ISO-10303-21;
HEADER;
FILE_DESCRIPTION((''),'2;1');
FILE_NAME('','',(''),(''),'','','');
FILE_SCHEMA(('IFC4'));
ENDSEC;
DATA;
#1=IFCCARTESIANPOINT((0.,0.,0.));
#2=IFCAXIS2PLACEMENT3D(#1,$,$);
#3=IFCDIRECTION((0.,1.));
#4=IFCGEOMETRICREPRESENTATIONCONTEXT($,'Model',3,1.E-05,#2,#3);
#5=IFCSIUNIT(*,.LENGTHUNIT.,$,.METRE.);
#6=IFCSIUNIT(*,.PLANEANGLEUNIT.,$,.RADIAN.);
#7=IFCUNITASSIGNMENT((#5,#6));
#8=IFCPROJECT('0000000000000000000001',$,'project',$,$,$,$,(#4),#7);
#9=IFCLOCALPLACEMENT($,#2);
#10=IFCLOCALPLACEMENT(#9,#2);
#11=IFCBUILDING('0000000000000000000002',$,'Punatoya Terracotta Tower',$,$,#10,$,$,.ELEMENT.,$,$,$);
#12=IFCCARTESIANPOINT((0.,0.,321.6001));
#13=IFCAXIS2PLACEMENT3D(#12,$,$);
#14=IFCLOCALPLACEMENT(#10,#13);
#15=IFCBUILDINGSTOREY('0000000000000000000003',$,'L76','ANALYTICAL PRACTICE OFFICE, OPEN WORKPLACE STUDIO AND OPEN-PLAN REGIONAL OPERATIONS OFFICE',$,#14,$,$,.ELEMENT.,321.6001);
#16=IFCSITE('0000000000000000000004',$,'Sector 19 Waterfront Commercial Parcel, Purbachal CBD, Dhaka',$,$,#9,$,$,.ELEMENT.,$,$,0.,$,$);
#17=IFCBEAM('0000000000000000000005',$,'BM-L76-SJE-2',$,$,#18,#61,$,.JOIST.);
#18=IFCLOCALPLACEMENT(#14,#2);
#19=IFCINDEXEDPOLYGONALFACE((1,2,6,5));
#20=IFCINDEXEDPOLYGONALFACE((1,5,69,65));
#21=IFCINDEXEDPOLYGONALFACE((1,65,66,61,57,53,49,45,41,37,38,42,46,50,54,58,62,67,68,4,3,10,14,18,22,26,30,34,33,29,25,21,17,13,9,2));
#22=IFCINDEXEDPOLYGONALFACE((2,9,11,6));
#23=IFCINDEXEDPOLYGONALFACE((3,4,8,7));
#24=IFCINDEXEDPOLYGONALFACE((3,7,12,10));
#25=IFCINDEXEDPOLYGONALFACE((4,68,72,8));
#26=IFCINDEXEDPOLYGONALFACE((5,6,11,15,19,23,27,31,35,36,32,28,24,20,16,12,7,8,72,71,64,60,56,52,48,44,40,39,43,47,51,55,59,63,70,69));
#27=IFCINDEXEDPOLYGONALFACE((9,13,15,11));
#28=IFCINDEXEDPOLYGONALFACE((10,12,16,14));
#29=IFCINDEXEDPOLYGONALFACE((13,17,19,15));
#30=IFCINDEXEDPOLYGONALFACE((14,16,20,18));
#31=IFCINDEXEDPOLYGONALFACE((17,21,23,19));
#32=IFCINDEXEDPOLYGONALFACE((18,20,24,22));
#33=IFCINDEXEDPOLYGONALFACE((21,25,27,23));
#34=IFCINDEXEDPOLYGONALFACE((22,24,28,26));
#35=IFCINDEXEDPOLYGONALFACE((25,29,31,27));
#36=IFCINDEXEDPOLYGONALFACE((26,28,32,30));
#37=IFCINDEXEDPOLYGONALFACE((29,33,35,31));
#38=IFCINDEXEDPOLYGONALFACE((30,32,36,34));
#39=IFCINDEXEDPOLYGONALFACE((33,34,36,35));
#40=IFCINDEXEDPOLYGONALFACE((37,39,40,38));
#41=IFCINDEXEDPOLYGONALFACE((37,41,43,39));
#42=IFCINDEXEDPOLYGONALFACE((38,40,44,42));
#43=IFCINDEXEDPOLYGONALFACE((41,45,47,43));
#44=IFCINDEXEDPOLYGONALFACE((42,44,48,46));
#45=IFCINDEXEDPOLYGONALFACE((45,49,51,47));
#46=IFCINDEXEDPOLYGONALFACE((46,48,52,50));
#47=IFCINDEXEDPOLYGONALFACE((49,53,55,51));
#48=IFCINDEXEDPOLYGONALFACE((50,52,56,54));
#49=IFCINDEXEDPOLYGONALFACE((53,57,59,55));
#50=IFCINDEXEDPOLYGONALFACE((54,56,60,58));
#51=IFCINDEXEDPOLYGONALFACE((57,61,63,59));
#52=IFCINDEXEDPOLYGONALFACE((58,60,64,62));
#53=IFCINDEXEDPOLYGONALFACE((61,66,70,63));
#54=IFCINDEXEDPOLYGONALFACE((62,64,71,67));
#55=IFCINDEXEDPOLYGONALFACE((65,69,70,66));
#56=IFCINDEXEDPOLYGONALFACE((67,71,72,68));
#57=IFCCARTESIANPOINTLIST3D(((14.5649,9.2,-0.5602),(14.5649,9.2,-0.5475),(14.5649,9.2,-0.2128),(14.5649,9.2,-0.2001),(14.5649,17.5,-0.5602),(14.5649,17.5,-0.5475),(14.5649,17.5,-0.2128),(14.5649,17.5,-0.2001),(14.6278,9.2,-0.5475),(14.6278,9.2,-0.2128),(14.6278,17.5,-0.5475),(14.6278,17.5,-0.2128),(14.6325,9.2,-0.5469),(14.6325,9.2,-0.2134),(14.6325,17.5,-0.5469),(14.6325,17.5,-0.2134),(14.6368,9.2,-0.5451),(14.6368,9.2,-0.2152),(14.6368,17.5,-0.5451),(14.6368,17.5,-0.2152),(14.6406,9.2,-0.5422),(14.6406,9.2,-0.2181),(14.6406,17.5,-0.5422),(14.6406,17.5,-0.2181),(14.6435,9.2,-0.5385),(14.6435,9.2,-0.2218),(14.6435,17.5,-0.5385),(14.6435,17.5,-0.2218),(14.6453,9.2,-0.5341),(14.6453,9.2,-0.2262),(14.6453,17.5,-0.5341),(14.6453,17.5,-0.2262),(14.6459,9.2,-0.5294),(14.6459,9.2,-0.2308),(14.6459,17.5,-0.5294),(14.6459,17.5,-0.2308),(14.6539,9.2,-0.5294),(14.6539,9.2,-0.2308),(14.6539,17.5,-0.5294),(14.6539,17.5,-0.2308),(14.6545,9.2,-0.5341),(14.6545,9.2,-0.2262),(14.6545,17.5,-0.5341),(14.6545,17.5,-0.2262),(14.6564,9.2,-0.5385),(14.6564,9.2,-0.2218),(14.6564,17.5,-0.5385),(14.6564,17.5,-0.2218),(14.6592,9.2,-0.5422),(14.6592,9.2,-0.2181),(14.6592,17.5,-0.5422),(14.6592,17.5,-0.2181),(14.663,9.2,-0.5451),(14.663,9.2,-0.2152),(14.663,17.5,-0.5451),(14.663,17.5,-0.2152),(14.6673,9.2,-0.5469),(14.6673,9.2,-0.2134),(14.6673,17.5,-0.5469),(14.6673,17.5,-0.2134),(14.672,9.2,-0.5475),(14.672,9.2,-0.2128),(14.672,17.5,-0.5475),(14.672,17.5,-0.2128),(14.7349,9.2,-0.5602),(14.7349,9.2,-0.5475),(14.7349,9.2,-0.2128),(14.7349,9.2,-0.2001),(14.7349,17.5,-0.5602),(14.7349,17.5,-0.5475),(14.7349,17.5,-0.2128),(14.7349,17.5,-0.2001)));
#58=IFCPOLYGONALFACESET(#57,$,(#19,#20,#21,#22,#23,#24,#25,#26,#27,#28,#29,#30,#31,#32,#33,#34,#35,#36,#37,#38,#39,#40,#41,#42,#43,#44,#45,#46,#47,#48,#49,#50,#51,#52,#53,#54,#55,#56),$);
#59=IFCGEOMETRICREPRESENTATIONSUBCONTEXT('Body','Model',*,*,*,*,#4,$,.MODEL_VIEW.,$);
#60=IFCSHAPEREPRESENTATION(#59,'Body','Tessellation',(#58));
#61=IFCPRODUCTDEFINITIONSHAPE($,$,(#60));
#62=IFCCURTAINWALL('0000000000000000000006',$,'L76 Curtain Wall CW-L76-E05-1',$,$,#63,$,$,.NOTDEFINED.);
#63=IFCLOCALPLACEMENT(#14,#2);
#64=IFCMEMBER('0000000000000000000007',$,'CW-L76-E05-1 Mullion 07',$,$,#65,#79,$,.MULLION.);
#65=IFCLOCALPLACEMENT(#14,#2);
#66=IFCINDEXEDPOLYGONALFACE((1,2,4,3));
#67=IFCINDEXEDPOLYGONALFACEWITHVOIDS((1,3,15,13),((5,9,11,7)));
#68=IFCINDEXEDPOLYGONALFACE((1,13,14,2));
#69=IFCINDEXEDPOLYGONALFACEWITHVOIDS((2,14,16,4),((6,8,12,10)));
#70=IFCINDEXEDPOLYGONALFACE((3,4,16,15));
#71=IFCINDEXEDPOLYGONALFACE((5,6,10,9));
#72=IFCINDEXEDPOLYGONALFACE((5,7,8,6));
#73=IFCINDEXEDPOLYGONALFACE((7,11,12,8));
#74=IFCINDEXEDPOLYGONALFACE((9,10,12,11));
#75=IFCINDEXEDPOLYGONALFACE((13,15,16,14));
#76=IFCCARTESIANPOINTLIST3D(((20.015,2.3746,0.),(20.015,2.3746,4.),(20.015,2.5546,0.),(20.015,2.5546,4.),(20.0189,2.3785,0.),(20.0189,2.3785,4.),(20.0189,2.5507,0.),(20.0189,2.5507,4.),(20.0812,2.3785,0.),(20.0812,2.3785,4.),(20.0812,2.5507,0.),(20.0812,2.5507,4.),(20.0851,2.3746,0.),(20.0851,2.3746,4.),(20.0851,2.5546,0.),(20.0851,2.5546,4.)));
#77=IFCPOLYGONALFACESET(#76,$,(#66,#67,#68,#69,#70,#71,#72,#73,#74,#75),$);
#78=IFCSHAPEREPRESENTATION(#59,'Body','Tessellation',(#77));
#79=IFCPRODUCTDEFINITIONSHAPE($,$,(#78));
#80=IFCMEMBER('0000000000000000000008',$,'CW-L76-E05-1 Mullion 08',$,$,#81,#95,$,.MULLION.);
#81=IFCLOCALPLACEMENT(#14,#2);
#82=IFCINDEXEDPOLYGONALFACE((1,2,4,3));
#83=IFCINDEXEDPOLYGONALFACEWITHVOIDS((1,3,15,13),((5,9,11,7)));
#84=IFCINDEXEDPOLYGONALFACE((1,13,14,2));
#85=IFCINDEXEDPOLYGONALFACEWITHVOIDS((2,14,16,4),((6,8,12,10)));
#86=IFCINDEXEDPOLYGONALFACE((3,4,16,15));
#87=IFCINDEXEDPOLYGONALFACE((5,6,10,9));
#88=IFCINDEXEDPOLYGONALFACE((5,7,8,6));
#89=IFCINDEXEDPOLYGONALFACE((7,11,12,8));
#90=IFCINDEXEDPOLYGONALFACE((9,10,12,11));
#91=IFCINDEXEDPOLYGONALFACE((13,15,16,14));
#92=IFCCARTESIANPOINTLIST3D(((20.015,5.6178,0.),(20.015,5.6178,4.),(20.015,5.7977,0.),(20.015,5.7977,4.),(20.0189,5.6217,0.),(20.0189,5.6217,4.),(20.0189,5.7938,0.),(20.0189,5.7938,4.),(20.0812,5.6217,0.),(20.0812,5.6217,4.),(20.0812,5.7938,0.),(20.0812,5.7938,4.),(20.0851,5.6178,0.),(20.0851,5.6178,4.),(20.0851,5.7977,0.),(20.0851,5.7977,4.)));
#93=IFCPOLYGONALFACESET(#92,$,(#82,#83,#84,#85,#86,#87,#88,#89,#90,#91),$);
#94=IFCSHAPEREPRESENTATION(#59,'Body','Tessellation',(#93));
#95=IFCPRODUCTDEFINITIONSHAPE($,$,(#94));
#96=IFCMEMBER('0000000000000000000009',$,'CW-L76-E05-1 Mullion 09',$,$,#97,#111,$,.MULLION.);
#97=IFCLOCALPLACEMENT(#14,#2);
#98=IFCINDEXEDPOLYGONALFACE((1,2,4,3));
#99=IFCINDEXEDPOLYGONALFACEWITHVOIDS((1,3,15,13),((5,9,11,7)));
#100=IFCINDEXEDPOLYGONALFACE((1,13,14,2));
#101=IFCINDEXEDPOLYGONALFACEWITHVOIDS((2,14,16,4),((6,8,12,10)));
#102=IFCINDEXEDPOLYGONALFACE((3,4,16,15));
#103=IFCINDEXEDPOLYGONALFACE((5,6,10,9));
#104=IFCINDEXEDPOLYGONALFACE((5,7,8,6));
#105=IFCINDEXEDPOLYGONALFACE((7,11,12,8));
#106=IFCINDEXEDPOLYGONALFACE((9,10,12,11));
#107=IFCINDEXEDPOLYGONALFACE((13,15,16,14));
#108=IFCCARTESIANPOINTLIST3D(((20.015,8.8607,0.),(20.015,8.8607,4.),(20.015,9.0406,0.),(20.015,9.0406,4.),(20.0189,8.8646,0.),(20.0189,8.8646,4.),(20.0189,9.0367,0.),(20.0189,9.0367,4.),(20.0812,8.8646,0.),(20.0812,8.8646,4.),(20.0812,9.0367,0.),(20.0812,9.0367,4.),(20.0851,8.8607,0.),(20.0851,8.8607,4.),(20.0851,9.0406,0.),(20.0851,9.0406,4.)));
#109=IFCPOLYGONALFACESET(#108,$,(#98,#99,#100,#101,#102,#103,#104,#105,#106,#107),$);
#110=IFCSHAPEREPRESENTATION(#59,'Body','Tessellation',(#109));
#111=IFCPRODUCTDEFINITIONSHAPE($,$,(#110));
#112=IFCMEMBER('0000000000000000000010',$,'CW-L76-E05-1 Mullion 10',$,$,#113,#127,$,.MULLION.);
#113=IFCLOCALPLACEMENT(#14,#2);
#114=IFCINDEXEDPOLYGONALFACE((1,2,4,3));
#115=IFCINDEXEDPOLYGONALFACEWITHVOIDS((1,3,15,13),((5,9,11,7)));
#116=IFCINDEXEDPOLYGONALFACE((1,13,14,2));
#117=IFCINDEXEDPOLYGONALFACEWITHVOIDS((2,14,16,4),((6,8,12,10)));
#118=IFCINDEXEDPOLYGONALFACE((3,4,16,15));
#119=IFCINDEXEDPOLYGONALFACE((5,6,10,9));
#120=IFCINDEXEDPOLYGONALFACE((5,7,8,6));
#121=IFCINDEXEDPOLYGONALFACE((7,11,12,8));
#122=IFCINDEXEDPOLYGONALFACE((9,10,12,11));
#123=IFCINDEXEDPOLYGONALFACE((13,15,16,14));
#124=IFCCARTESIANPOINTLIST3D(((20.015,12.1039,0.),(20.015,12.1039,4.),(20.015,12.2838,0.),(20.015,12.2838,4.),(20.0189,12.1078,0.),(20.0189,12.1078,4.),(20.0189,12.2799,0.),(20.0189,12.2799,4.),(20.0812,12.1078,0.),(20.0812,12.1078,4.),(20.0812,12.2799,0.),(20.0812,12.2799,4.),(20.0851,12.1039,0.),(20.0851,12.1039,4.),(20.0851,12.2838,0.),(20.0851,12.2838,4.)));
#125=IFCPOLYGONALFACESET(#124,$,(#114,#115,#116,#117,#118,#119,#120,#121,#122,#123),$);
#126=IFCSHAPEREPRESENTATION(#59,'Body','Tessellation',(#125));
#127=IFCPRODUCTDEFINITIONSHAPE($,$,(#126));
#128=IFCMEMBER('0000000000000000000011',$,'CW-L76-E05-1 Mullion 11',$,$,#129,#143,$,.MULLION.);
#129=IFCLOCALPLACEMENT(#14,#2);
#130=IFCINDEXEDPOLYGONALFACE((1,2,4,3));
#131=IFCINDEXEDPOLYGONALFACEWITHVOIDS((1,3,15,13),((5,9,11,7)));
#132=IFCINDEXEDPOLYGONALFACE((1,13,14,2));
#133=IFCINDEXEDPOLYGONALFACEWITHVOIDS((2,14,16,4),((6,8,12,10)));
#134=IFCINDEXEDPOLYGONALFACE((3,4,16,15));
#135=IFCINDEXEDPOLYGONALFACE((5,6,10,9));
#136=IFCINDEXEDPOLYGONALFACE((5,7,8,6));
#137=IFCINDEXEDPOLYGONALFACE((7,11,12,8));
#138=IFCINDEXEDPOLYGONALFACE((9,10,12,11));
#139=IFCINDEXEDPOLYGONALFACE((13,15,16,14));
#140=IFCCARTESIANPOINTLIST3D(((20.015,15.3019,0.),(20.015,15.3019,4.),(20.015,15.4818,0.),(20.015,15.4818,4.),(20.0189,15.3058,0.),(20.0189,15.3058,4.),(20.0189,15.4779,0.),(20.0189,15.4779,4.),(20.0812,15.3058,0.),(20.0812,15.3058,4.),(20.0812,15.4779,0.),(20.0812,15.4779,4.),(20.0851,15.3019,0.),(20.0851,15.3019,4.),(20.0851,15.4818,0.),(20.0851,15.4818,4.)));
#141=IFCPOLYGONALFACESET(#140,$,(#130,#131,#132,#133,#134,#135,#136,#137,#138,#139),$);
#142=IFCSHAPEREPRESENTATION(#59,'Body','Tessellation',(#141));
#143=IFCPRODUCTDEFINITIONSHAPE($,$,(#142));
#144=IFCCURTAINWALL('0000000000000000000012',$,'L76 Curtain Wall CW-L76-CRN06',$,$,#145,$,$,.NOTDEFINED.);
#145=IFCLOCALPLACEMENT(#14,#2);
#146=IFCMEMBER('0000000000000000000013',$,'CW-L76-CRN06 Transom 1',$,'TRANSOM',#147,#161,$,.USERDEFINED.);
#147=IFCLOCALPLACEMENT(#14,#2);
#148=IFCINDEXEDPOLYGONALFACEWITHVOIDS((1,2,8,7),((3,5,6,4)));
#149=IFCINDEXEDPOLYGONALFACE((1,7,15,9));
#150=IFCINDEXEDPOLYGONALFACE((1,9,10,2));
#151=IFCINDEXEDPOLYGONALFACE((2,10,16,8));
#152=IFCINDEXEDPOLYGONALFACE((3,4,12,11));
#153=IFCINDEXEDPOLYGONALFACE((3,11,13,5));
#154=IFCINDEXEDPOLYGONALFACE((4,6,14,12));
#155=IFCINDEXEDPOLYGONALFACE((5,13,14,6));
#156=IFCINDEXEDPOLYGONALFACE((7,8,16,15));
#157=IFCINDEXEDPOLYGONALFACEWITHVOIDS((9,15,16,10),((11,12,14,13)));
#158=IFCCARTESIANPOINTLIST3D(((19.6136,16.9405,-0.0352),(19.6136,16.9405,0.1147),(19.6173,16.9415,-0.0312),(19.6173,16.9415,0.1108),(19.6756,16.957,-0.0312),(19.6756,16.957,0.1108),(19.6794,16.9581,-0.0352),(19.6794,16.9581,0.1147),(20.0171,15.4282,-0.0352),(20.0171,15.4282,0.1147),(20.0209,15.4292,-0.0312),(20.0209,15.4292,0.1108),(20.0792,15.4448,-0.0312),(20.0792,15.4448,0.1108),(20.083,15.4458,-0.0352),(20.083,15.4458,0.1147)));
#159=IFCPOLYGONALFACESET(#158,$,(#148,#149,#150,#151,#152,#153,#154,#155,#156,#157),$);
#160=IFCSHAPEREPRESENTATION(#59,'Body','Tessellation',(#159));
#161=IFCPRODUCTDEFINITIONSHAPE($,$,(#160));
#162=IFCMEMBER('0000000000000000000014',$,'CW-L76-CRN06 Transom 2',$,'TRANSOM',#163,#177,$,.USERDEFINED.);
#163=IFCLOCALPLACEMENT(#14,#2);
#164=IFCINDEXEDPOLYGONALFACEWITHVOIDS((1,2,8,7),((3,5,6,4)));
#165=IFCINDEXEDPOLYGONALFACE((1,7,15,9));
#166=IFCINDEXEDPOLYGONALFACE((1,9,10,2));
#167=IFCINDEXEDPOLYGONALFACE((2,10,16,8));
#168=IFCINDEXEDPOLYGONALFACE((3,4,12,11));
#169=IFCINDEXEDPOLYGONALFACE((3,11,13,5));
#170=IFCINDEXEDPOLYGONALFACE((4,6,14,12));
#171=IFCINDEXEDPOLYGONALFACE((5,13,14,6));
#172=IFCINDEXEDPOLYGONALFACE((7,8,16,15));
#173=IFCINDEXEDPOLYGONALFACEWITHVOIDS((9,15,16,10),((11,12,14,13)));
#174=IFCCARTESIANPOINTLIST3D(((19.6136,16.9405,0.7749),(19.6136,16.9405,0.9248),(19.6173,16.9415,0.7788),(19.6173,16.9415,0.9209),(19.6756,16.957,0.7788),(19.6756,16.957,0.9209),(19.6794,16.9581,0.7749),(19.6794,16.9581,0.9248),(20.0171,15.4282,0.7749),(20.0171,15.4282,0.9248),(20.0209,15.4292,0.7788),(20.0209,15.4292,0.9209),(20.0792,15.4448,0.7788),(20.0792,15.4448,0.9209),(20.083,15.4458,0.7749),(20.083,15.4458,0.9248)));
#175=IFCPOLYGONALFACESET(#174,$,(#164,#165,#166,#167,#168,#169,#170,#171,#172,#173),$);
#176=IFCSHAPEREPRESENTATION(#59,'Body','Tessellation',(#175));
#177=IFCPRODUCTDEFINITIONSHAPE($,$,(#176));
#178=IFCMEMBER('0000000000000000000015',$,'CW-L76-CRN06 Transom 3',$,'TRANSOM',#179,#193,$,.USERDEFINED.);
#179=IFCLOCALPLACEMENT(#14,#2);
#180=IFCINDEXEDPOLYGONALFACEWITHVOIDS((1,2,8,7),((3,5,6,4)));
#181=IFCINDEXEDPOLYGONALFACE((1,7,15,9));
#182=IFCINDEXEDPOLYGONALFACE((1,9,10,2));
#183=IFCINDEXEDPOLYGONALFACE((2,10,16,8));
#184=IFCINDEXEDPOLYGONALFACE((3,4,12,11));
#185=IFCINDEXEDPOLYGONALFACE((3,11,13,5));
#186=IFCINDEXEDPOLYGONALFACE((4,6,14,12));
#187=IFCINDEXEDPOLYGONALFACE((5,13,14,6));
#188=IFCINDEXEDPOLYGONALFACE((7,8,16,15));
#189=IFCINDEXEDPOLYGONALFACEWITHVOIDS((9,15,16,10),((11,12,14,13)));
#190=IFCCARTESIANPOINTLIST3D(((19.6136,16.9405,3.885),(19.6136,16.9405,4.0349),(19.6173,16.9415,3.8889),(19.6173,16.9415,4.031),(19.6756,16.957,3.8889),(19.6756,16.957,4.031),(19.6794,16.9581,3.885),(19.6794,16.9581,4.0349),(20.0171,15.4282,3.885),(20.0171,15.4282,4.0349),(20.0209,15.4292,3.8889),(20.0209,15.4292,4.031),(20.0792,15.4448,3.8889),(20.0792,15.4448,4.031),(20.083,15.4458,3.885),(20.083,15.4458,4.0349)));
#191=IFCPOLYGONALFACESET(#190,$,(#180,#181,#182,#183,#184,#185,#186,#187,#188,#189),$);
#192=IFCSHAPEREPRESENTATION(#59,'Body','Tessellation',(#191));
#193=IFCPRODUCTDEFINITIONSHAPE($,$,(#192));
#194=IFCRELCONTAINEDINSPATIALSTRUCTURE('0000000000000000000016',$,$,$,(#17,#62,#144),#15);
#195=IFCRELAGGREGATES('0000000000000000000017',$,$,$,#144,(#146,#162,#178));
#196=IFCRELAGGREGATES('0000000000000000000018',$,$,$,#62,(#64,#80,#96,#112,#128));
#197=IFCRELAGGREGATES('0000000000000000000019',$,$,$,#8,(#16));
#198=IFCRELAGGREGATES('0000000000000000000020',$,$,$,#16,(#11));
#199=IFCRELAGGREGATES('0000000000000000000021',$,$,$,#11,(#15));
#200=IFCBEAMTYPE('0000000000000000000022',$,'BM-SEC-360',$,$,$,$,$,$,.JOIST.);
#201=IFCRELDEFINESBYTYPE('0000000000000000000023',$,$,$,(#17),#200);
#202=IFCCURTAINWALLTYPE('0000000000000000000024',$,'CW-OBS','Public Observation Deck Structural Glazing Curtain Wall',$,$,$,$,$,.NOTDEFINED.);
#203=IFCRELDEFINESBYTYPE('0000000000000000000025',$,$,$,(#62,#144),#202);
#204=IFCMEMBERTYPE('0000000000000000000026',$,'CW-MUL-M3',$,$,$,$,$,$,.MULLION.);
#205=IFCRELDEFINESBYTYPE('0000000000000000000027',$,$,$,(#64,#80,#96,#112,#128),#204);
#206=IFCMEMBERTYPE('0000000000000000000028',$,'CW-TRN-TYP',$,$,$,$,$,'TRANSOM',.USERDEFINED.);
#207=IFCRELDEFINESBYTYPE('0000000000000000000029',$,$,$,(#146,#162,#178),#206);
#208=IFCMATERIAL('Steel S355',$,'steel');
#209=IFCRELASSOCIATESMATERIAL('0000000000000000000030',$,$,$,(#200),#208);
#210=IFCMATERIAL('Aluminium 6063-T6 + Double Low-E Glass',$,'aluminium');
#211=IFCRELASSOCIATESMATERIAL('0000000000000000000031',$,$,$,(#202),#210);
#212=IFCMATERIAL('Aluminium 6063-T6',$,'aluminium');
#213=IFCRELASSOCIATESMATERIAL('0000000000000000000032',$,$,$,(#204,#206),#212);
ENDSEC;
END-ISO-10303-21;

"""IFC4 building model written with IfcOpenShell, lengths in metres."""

from ifc_helpers import new_model, si_unit, direction, frame, origin, origin_2d, place, context, subcontext, project, spatial, hollow_rectangle, i_section, extrude, material, material_profile, profile_set, type_object, element, aggregate, save


model = new_model("IFC4")

# Units and contexts
model_context = context("Model", 3, precision=1e-05, world=origin(), true_north=direction((0.0, 1.0)))
body_context = subcontext(model_context, "Body", "Model", "MODEL_VIEW")
ifc_project = project(units=[si_unit("LENGTHUNIT", "METRE"), si_unit("PLANEANGLEUNIT", "RADIAN")], contexts=[model_context])

# Site, building, storey
site_placement = place(None, origin())
site = spatial("IfcSite", under=ifc_project, at=site_placement, Name="Sector 19 Waterfront Commercial Parcel, Purbachal CBD, Dhaka", CompositionType="ELEMENT", RefElevation=0.0)
building_placement = place(site_placement, origin())
building = spatial("IfcBuilding", under=site, at=building_placement, Name="Punatoya Terracotta Tower", CompositionType="ELEMENT")
storey_placement = place(building_placement, frame((0.0, 0.0, 321.6001)))
storey = spatial("IfcBuildingStorey", under=building, at=storey_placement, Name="L76", Description="ANALYTICAL PRACTICE OFFICE, OPEN WORKPLACE STUDIO AND OPEN-PLAN REGIONAL OPERATIONS OFFICE", CompositionType="ELEMENT", Elevation=321.6001)

# Beam
ifc_material_1 = material(Name="Steel S355", Category="steel")
ifc_material_profile_1 = material_profile(ifc_material_1, i_section(OverallWidth=0.1699, OverallDepth=0.3601, WebThickness=0.0081, FlangeThickness=0.0127, FilletRadius=0.0181, at=origin_2d()))
ifc_profile_set_1 = profile_set([ifc_material_profile_1], Name="Steel S355")
beam_type_1 = type_object("IfcBeamType", Name="BM-SEC-360", PredefinedType="JOIST", material=ifc_profile_set_1)
beam_1_placement = place(storey_placement, frame((14.6499, 9.2, -0.3801), z_axis=(0.0, 1.0, 0.0), x_axis=(-1.0, 0.0, 0.0)))
element("IfcBeam", 1, at=beam_1_placement, inside=storey, type_object=beam_type_1, Name="BM-L76-SJE-2", PredefinedType="JOIST", context=body_context, shape_type="SweptSolid", body=[
    extrude(i_section(OverallWidth=0.1699, OverallDepth=0.3601, WebThickness=0.0081, FlangeThickness=0.0127, FilletRadius=0.0181, at=origin_2d()), origin(), (0.0, 0.0, 1.0), 8.3),
])

# Curtain walls, members
ifc_material_2 = material(Name="Aluminium 6063-T6 + Double Low-E Glass", Category="aluminium")
curtain_wall_type = type_object("IfcCurtainWallType", Name="CW-OBS", Description="Public Observation Deck Structural Glazing Curtain Wall", PredefinedType="NOTDEFINED", material=ifc_material_2)
curtain_wall_1_placement = place(storey_placement, origin())
curtain_wall_1 = element("IfcCurtainWall", 2, at=curtain_wall_1_placement, inside=storey, type_object=curtain_wall_type, Name="L76 Curtain Wall CW-L76-E05-1", PredefinedType="NOTDEFINED")
ifc_material_3 = material(Name="Aluminium 6063-T6", Category="aluminium")
ifc_material_profile_2 = material_profile(ifc_material_3, hollow_rectangle(XDim=0.0701, YDim=0.1799, WallThickness=0.0039, at=origin_2d()))
ifc_profile_set_2 = profile_set([ifc_material_profile_2], Name="Aluminium 6063-T6")
member_type_1 = type_object("IfcMemberType", Name="CW-MUL-M3", PredefinedType="MULLION", material=ifc_profile_set_2)
member_1_placement = place(storey_placement, frame((20.05, 2.4646, 0.0), z_axis=(0.0, 0.0, 1.0), x_axis=(1.0, 0.0, 0.0)))
member_1 = element("IfcMember", 3, at=member_1_placement, type_object=member_type_1, Name="CW-L76-E05-1 Mullion 07", PredefinedType="MULLION", context=body_context, shape_type="SweptSolid", body=[
    extrude(hollow_rectangle(XDim=0.0701, YDim=0.1799, WallThickness=0.0039, at=origin_2d()), origin(), (0.0, 0.0, 1.0), 4.0),
])
member_2_placement = place(storey_placement, frame((20.05, 5.7078, 0.0), z_axis=(0.0, 0.0, 1.0), x_axis=(1.0, 0.0, 0.0)))
member_2 = element("IfcMember", 4, at=member_2_placement, type_object=member_type_1, Name="CW-L76-E05-1 Mullion 08", PredefinedType="MULLION", context=body_context, shape_type="SweptSolid", body=[
    extrude(hollow_rectangle(XDim=0.0701, YDim=0.1799, WallThickness=0.0039, at=origin_2d()), origin(), (0.0, 0.0, 1.0), 4.0),
])
member_3_placement = place(storey_placement, frame((20.05, 8.9507, 0.0), z_axis=(0.0, 0.0, 1.0), x_axis=(1.0, 0.0, 0.0)))
member_3 = element("IfcMember", 5, at=member_3_placement, type_object=member_type_1, Name="CW-L76-E05-1 Mullion 09", PredefinedType="MULLION", context=body_context, shape_type="SweptSolid", body=[
    extrude(hollow_rectangle(XDim=0.0701, YDim=0.1799, WallThickness=0.0039, at=origin_2d()), origin(), (0.0, 0.0, 1.0), 4.0),
])
member_4_placement = place(storey_placement, frame((20.05, 12.1938, 0.0), z_axis=(0.0, 0.0, 1.0), x_axis=(1.0, 0.0, 0.0)))
member_4 = element("IfcMember", 6, at=member_4_placement, type_object=member_type_1, Name="CW-L76-E05-1 Mullion 10", PredefinedType="MULLION", context=body_context, shape_type="SweptSolid", body=[
    extrude(hollow_rectangle(XDim=0.0701, YDim=0.1799, WallThickness=0.0039, at=origin_2d()), origin(), (0.0, 0.0, 1.0), 4.0),
])
member_5_placement = place(storey_placement, frame((20.05, 15.3918, 0.0), z_axis=(0.0, 0.0, 1.0), x_axis=(1.0, 0.0, 0.0)))
member_5 = element("IfcMember", 7, at=member_5_placement, type_object=member_type_1, Name="CW-L76-E05-1 Mullion 11", PredefinedType="MULLION", context=body_context, shape_type="SweptSolid", body=[
    extrude(hollow_rectangle(XDim=0.0701, YDim=0.1799, WallThickness=0.0039, at=origin_2d()), origin(), (0.0, 0.0, 1.0), 4.0),
])
curtain_wall_2_placement = place(storey_placement, origin())
curtain_wall_2 = element("IfcCurtainWall", 8, at=curtain_wall_2_placement, inside=storey, type_object=curtain_wall_type, Name="L76 Curtain Wall CW-L76-CRN06", PredefinedType="NOTDEFINED")
ifc_material_profile_3 = material_profile(ifc_material_3, hollow_rectangle(XDim=0.0681, YDim=0.1499, WallThickness=0.0039, at=origin_2d()))
ifc_profile_set_3 = profile_set([ifc_material_profile_3], Name="Aluminium 6063-T6")
member_type_2 = type_object("IfcMemberType", Name="CW-TRN-TYP", ElementType="TRANSOM", PredefinedType="USERDEFINED", material=ifc_profile_set_3)
member_6_placement = place(storey_placement, frame((20.05, 15.437, 0.0398), z_axis=(-0.257847, 0.966186, 0.0), x_axis=(-0.966186, -0.257847, 0.0)))
member_6 = element("IfcMember", 9, at=member_6_placement, type_object=member_type_2, Name="CW-L76-CRN06 Transom 1", ObjectType="TRANSOM", PredefinedType="USERDEFINED", context=body_context, shape_type="SweptSolid", body=[
    extrude(hollow_rectangle(XDim=0.0681, YDim=0.1499, WallThickness=0.0039, at=origin_2d()), origin(), (0.0, 0.0, 1.0), 1.5652),
])
member_7_placement = place(storey_placement, frame((20.05, 15.437, 0.8499), z_axis=(-0.257847, 0.966186, 0.0), x_axis=(-0.966186, -0.257847, 0.0)))
member_7 = element("IfcMember", 10, at=member_7_placement, type_object=member_type_2, Name="CW-L76-CRN06 Transom 2", ObjectType="TRANSOM", PredefinedType="USERDEFINED", context=body_context, shape_type="SweptSolid", body=[
    extrude(hollow_rectangle(XDim=0.0681, YDim=0.1499, WallThickness=0.0039, at=origin_2d()), origin(), (0.0, 0.0, 1.0), 1.5652),
])
member_8_placement = place(storey_placement, frame((20.05, 15.437, 3.96), z_axis=(-0.257847, 0.966186, 0.0), x_axis=(-0.966186, -0.257847, 0.0)))
member_8 = element("IfcMember", 11, at=member_8_placement, type_object=member_type_2, Name="CW-L76-CRN06 Transom 3", ObjectType="TRANSOM", PredefinedType="USERDEFINED", context=body_context, shape_type="SweptSolid", body=[
    extrude(hollow_rectangle(XDim=0.0681, YDim=0.1499, WallThickness=0.0039, at=origin_2d()), origin(), (0.0, 0.0, 1.0), 1.5652),
])
aggregate(curtain_wall_2, [member_6, member_7, member_8])

aggregate(curtain_wall_1, [member_1, member_2, member_3, member_4, member_5])

save(model, "model.ifc")
